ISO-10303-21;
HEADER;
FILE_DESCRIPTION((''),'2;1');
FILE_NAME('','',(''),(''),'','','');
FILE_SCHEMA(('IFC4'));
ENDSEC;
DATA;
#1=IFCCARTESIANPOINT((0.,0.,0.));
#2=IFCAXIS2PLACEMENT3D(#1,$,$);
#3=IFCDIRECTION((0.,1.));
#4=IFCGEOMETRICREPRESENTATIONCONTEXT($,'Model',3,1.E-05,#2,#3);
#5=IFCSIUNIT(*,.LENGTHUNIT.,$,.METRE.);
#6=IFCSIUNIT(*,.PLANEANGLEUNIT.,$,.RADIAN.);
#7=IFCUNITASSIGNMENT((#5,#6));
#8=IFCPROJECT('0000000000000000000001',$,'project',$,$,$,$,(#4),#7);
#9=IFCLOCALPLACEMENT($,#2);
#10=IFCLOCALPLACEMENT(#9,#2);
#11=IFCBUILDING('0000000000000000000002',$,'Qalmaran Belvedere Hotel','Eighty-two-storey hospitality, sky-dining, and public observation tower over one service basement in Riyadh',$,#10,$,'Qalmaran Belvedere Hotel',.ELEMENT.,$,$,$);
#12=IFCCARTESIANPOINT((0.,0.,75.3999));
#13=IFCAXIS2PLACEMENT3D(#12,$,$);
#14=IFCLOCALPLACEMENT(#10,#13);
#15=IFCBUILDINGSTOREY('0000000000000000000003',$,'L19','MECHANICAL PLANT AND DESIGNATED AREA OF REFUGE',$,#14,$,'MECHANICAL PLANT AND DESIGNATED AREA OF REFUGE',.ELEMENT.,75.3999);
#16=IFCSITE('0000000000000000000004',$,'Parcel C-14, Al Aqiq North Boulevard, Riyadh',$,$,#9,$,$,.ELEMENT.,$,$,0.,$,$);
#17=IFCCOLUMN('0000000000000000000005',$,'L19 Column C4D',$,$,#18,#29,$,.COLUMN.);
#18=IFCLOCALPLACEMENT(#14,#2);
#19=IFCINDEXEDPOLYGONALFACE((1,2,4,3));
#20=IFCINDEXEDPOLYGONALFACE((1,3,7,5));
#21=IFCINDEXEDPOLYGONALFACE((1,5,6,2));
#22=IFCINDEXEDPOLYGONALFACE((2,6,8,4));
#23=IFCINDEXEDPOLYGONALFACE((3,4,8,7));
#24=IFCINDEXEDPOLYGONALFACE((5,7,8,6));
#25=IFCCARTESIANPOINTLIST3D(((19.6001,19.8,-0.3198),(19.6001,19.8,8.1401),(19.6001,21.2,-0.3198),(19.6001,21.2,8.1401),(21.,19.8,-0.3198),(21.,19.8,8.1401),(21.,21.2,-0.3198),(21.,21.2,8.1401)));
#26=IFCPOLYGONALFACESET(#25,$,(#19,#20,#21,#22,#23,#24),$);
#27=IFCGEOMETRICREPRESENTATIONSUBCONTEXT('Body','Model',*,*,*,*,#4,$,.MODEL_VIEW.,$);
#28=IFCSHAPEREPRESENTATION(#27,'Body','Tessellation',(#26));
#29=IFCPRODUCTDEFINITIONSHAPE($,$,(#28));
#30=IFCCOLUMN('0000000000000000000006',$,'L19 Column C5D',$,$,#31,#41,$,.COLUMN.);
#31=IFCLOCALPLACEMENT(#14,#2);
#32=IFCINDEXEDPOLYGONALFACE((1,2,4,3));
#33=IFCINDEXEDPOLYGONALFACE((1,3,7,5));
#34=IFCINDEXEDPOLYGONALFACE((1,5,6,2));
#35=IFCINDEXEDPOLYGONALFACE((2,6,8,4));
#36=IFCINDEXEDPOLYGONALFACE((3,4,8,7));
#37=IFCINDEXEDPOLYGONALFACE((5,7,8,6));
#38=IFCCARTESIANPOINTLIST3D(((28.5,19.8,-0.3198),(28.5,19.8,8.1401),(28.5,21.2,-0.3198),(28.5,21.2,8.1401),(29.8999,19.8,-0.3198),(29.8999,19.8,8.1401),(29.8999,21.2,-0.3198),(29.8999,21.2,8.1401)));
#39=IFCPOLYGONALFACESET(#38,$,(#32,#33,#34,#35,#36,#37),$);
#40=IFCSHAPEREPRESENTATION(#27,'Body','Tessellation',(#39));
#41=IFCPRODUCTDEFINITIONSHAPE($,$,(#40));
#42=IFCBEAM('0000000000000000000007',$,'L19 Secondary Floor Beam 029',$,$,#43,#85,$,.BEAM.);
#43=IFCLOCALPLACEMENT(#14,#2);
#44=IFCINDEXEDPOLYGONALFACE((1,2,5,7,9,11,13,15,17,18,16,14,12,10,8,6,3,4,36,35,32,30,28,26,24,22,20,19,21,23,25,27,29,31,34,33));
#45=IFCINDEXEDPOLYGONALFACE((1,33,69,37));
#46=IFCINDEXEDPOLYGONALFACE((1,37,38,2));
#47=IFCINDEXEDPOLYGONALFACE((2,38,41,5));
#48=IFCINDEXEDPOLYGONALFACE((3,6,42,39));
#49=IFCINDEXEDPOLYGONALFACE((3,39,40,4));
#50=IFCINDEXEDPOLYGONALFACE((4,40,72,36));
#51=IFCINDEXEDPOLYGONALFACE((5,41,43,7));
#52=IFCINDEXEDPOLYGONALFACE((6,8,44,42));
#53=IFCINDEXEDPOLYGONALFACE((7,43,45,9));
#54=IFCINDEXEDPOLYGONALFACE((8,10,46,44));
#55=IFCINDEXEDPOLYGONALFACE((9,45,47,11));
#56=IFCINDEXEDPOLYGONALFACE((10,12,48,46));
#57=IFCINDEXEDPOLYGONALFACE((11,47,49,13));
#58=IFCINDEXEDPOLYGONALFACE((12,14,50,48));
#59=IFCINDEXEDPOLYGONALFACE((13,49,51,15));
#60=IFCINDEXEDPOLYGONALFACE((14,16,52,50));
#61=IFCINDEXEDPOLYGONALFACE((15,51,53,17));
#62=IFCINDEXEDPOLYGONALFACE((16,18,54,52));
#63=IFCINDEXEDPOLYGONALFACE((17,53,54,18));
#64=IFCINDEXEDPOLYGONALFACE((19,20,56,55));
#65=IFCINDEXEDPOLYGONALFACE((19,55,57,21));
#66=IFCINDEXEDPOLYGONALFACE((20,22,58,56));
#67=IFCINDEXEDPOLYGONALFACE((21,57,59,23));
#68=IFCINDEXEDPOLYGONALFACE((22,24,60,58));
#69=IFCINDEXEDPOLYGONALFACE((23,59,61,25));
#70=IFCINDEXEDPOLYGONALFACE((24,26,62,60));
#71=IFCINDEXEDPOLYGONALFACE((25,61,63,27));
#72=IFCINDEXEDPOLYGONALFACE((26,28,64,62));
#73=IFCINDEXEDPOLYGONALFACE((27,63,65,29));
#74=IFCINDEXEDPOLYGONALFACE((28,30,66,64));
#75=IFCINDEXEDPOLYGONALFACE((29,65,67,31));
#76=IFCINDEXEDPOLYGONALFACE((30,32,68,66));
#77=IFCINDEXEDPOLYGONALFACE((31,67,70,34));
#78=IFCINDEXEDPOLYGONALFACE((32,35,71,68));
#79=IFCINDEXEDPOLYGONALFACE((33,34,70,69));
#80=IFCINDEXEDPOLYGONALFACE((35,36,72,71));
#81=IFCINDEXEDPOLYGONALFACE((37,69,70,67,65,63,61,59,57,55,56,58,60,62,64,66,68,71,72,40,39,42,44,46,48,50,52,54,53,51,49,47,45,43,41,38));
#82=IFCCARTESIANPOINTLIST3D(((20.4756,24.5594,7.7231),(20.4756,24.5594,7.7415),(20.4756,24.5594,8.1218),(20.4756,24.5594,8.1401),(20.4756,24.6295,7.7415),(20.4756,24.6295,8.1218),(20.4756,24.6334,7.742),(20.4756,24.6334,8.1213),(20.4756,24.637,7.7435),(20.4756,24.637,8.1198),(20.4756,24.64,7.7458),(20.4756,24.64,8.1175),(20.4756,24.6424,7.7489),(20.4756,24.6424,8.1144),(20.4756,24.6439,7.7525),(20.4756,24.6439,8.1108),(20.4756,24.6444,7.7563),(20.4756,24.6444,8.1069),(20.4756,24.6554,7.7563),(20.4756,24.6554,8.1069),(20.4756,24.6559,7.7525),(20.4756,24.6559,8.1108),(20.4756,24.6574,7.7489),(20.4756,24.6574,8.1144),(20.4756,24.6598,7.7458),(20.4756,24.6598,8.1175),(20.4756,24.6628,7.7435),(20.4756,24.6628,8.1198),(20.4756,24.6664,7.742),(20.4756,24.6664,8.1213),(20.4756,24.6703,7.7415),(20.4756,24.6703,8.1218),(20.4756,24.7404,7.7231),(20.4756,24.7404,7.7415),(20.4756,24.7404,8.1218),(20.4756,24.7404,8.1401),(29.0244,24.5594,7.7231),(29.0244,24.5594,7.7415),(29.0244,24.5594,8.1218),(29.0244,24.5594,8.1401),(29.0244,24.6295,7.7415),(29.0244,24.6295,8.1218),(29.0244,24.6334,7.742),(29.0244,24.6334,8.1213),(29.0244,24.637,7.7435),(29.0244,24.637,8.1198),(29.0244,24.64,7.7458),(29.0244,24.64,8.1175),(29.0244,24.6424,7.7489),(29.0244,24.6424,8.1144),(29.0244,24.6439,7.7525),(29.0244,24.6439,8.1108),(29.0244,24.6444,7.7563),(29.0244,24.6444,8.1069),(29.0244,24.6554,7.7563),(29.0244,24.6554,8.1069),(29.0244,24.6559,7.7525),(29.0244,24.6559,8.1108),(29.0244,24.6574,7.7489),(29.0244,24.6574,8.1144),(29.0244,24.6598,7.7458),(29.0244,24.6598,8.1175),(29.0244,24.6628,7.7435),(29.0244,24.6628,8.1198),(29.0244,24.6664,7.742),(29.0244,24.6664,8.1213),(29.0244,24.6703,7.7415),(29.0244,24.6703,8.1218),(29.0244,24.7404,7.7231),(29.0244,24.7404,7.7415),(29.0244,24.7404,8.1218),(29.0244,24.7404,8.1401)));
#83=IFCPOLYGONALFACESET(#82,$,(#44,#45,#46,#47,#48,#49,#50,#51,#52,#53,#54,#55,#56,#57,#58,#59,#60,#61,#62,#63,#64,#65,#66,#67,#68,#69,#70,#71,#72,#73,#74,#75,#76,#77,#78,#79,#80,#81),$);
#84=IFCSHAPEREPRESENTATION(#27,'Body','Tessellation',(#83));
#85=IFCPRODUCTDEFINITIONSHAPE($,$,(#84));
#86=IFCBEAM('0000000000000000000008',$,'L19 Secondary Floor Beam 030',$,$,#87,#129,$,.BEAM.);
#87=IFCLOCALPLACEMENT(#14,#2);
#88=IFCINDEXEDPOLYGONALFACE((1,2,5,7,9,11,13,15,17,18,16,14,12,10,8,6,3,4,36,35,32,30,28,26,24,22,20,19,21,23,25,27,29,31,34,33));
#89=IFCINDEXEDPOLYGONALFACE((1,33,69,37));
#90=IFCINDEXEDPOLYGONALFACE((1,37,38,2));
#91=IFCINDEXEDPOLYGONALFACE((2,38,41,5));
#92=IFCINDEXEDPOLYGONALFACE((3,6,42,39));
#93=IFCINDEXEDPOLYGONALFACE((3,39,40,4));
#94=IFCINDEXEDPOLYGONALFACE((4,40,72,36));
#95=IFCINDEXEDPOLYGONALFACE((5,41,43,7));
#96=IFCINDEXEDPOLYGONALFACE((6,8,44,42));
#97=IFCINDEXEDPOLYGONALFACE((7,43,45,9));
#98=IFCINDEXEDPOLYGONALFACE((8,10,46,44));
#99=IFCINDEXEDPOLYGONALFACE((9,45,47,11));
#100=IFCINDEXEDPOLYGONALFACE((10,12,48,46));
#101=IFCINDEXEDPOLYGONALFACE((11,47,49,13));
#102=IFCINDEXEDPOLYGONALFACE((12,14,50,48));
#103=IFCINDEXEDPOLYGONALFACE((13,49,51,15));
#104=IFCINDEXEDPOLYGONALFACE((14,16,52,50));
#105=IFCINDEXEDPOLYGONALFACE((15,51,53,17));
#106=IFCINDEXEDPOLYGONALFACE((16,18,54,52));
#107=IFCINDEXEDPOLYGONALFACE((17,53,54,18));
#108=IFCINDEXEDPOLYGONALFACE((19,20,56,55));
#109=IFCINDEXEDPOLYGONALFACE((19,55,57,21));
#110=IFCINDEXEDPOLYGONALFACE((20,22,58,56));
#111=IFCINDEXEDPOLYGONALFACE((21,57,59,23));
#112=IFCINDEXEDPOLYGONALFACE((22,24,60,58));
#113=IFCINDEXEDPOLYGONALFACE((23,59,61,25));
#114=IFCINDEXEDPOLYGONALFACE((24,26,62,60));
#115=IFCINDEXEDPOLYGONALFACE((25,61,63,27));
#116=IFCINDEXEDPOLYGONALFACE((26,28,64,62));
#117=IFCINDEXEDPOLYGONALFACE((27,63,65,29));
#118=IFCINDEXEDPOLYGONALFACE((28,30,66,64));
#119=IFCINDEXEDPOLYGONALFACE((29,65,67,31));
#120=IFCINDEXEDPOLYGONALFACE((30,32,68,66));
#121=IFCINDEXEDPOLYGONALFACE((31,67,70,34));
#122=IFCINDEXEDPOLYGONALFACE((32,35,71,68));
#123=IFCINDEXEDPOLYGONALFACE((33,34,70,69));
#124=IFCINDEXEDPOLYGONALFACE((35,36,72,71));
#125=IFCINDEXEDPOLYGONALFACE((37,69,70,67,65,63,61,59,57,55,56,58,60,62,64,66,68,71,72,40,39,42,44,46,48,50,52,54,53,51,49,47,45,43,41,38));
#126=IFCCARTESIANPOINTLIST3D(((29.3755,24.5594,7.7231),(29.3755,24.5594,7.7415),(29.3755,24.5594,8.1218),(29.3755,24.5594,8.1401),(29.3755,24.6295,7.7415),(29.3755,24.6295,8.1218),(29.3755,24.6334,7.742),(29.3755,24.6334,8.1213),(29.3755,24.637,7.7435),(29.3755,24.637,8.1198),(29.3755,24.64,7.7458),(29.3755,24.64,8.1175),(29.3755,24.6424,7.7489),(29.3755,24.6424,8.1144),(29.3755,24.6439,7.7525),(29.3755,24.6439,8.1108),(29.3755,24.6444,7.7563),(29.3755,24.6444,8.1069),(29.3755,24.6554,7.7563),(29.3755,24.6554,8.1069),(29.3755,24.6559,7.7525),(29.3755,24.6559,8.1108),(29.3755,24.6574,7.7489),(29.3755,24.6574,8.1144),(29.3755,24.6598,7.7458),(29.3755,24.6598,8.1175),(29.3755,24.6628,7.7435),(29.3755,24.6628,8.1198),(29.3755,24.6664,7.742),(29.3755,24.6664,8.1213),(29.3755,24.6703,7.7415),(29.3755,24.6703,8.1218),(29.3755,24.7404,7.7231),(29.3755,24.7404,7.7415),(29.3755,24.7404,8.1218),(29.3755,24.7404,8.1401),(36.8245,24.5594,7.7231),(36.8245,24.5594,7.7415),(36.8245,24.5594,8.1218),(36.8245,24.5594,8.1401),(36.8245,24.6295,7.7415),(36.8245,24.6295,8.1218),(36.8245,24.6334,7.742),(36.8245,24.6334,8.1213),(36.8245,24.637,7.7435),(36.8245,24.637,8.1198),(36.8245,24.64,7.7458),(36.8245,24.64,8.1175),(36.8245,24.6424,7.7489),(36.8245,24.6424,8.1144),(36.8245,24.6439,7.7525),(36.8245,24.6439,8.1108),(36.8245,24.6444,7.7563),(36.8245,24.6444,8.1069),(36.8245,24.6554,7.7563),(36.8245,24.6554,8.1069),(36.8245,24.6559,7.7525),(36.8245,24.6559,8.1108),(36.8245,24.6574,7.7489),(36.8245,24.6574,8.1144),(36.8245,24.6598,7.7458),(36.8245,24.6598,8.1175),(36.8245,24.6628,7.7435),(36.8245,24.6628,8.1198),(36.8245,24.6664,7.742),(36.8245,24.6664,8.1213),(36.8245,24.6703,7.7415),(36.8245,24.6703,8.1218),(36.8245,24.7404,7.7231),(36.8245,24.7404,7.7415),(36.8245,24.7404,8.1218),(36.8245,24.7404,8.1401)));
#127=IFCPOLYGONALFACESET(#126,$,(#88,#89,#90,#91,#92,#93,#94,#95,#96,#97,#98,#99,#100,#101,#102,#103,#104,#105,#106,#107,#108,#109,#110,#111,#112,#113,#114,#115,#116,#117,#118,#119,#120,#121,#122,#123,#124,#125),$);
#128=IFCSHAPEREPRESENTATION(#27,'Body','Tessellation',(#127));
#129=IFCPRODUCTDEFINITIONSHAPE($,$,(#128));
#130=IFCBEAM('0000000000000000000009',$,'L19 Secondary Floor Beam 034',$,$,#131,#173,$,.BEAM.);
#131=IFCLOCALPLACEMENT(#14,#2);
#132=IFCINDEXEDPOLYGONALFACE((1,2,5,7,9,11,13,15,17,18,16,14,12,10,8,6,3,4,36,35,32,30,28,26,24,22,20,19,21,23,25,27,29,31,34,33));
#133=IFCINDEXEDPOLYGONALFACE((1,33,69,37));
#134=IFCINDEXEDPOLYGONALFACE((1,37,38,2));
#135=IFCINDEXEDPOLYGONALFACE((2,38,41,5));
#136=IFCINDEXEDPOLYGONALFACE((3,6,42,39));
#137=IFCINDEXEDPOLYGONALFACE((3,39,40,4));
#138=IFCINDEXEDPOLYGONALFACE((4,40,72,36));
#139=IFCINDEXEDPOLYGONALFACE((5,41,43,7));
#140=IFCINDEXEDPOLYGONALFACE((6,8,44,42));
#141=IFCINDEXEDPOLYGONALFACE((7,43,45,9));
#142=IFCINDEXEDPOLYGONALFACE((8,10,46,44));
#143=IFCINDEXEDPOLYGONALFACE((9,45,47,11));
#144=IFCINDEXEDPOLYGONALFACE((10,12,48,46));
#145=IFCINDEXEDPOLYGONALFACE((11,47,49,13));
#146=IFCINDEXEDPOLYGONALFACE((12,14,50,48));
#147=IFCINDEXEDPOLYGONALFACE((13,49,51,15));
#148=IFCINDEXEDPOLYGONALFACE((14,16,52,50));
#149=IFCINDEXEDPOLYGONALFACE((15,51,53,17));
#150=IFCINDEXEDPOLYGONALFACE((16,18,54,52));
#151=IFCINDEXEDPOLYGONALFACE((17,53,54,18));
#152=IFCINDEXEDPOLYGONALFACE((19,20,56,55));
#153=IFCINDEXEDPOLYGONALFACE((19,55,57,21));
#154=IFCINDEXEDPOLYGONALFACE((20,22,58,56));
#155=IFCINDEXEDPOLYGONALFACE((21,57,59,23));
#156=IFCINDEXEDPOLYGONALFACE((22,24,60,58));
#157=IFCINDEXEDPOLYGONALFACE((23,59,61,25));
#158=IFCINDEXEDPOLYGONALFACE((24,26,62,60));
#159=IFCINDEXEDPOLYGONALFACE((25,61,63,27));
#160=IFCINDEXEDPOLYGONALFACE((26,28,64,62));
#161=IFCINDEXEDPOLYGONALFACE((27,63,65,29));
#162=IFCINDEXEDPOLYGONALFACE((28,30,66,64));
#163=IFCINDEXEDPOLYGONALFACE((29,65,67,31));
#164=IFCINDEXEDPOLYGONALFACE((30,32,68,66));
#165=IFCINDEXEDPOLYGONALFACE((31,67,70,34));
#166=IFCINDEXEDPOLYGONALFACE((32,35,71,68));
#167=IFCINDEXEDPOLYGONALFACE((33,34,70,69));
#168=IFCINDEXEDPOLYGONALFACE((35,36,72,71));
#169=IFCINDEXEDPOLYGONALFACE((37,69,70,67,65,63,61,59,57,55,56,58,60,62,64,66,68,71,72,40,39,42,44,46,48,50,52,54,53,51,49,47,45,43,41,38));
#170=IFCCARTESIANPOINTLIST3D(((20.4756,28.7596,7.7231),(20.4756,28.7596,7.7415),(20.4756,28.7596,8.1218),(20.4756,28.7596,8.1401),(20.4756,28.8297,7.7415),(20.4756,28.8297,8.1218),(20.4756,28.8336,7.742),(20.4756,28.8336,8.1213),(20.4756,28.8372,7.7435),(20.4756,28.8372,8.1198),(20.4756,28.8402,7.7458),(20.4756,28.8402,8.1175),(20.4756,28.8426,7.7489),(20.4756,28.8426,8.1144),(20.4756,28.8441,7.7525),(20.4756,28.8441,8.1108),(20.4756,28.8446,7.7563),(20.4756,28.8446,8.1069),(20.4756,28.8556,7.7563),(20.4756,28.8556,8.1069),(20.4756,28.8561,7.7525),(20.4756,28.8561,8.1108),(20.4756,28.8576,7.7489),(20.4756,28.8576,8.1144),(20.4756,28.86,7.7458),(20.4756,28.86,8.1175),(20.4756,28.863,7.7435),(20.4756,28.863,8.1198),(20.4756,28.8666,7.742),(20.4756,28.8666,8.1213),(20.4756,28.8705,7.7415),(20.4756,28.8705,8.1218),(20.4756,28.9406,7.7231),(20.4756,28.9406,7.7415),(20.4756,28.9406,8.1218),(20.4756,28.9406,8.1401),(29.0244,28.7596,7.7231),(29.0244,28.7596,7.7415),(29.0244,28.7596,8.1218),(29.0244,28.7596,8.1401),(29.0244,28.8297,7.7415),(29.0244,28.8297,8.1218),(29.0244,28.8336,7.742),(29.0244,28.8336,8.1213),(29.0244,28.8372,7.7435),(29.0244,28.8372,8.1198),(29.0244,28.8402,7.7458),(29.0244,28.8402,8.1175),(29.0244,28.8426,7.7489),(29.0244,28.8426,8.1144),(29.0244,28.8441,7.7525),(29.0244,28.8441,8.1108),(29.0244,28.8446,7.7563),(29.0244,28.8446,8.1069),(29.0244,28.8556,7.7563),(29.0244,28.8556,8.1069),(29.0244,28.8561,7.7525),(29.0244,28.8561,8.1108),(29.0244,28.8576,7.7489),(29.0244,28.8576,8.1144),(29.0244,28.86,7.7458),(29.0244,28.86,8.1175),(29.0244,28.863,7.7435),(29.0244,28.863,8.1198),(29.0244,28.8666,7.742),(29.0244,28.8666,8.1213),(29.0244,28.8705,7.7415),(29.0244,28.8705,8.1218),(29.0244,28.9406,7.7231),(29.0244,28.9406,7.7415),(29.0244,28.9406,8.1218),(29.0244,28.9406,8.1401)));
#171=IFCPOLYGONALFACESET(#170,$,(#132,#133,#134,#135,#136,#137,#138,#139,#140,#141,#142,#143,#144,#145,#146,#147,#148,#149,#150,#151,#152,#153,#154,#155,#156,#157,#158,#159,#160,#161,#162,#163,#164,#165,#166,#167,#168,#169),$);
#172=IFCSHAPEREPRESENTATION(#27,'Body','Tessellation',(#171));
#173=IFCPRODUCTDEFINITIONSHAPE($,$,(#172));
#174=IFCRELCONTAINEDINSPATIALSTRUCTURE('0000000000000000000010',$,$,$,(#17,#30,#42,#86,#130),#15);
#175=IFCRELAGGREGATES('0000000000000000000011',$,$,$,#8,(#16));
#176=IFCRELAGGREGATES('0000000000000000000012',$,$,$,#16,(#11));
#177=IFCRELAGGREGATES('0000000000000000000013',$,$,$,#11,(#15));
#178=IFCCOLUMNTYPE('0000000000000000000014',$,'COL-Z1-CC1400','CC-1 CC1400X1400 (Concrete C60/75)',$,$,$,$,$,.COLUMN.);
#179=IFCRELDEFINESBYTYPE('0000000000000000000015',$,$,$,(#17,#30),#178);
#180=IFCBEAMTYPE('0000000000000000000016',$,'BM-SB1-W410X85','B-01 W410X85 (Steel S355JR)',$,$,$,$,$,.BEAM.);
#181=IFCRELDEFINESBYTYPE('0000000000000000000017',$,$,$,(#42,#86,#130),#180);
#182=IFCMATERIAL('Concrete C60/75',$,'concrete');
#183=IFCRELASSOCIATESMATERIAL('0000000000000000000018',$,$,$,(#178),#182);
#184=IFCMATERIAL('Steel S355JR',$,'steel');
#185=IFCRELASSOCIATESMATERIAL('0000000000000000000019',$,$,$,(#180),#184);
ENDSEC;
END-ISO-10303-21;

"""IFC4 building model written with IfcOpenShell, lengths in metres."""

from ifc_helpers import new_model, si_unit, direction, frame, origin, origin_2d, place, context, subcontext, project, spatial, rectangle, i_section, extrude, material, material_profile, profile_set, type_object, element, save


model = new_model("IFC4")

# Units and contexts
model_context = context("Model", 3, precision=1e-05, world=origin(), true_north=direction((0.0, 1.0)))
body_context = subcontext(model_context, "Body", "Model", "MODEL_VIEW")
ifc_project = project(units=[si_unit("LENGTHUNIT", "METRE"), si_unit("PLANEANGLEUNIT", "RADIAN")], contexts=[model_context])

# Site, building, storey
site_placement = place(None, origin())
site = spatial("IfcSite", under=ifc_project, at=site_placement, Name="Parcel C-14, Al Aqiq North Boulevard, Riyadh", CompositionType="ELEMENT", RefElevation=0.0)
building_placement = place(site_placement, origin())
building = spatial("IfcBuilding", under=site, at=building_placement, Name="Qalmaran Belvedere Hotel", Description="Eighty-two-storey hospitality, sky-dining, and public observation tower over one service basement in Riyadh", LongName="Qalmaran Belvedere Hotel", CompositionType="ELEMENT")
storey_placement = place(building_placement, frame((0.0, 0.0, 75.3999)))
storey = spatial("IfcBuildingStorey", under=building, at=storey_placement, Name="L19", Description="MECHANICAL PLANT AND DESIGNATED AREA OF REFUGE", LongName="MECHANICAL PLANT AND DESIGNATED AREA OF REFUGE", CompositionType="ELEMENT", Elevation=75.3999)

# Columns
ifc_material_1 = material(Name="Concrete C60/75", Category="concrete")
ifc_material_profile_1 = material_profile(ifc_material_1, rectangle(XDim=1.3999, YDim=1.3999, at=origin_2d()), Name="CC1400X1400")
ifc_profile_set_1 = profile_set([ifc_material_profile_1], Name="Concrete C60/75")
column_type = type_object("IfcColumnType", Name="COL-Z1-CC1400", Description="CC-1 CC1400X1400 (Concrete C60/75)", PredefinedType="COLUMN", material=ifc_profile_set_1)
for number, where, z_axis, x_axis, name in (
    (1, (20.3, 20.5, -0.3198), (0.0, 0.0, 1.0), (1.0, 0.0, 0.0), "L19 Column C4D"),
    (2, (29.2, 20.5, -0.3198), (0.0, 0.0, 1.0), (1.0, 0.0, 0.0), "L19 Column C5D"),
):
    element("IfcColumn", number, at=place(storey_placement, frame(where, z_axis=z_axis, x_axis=x_axis)), inside=storey, type_object=column_type, Name=name, PredefinedType="COLUMN", context=body_context, shape_type="SweptSolid", body=[
        extrude(rectangle(XDim=1.3999, YDim=1.3999, at=origin_2d()), origin(), (0.0, 0.0, 1.0), 8.46),
    ])

# Beams
ifc_material_2 = material(Name="Steel S355JR", Category="steel")
ifc_material_profile_2 = material_profile(ifc_material_2, i_section(OverallWidth=0.1809, OverallDepth=0.417, WebThickness=0.011, FlangeThickness=0.0183, FilletRadius=0.0149, at=origin_2d()), Name="W410X85")
ifc_profile_set_2 = profile_set([ifc_material_profile_2], Name="Steel S355JR")
beam_type_1 = type_object("IfcBeamType", Name="BM-SB1-W410X85", Description="B-01 W410X85 (Steel S355JR)", PredefinedType="BEAM", material=ifc_profile_set_2)
beam_1_placement = place(storey_placement, frame((20.4756, 24.6499, 7.9316), z_axis=(1.0, 0.0, 0.0), x_axis=(0.0, 1.0, 0.0)))
element("IfcBeam", 3, at=beam_1_placement, inside=storey, type_object=beam_type_1, Name="L19 Secondary Floor Beam 029", PredefinedType="BEAM", context=body_context, shape_type="SweptSolid", body=[
    extrude(i_section(OverallWidth=0.1809, OverallDepth=0.417, WebThickness=0.011, FlangeThickness=0.0183, FilletRadius=0.0149, at=origin_2d()), origin(), (0.0, 0.0, 1.0), 8.5488),
])
beam_2_placement = place(storey_placement, frame((29.3755, 24.6499, 7.9316), z_axis=(1.0, 0.0, 0.0), x_axis=(0.0, 1.0, 0.0)))
element("IfcBeam", 4, at=beam_2_placement, inside=storey, type_object=beam_type_1, Name="L19 Secondary Floor Beam 030", PredefinedType="BEAM", context=body_context, shape_type="SweptSolid", body=[
    extrude(i_section(OverallWidth=0.1809, OverallDepth=0.417, WebThickness=0.011, FlangeThickness=0.0183, FilletRadius=0.0149, at=origin_2d()), origin(), (0.0, 0.0, 1.0), 7.449),
])
beam_3_placement = place(storey_placement, frame((20.4756, 28.8501, 7.9316), z_axis=(1.0, 0.0, 0.0), x_axis=(0.0, 1.0, 0.0)))
element("IfcBeam", 5, at=beam_3_placement, inside=storey, type_object=beam_type_1, Name="L19 Secondary Floor Beam 034", PredefinedType="BEAM", context=body_context, shape_type="SweptSolid", body=[
    extrude(i_section(OverallWidth=0.1809, OverallDepth=0.417, WebThickness=0.011, FlangeThickness=0.0183, FilletRadius=0.0149, at=origin_2d()), origin(), (0.0, 0.0, 1.0), 8.5488),
])

save(model, "model.ifc")
